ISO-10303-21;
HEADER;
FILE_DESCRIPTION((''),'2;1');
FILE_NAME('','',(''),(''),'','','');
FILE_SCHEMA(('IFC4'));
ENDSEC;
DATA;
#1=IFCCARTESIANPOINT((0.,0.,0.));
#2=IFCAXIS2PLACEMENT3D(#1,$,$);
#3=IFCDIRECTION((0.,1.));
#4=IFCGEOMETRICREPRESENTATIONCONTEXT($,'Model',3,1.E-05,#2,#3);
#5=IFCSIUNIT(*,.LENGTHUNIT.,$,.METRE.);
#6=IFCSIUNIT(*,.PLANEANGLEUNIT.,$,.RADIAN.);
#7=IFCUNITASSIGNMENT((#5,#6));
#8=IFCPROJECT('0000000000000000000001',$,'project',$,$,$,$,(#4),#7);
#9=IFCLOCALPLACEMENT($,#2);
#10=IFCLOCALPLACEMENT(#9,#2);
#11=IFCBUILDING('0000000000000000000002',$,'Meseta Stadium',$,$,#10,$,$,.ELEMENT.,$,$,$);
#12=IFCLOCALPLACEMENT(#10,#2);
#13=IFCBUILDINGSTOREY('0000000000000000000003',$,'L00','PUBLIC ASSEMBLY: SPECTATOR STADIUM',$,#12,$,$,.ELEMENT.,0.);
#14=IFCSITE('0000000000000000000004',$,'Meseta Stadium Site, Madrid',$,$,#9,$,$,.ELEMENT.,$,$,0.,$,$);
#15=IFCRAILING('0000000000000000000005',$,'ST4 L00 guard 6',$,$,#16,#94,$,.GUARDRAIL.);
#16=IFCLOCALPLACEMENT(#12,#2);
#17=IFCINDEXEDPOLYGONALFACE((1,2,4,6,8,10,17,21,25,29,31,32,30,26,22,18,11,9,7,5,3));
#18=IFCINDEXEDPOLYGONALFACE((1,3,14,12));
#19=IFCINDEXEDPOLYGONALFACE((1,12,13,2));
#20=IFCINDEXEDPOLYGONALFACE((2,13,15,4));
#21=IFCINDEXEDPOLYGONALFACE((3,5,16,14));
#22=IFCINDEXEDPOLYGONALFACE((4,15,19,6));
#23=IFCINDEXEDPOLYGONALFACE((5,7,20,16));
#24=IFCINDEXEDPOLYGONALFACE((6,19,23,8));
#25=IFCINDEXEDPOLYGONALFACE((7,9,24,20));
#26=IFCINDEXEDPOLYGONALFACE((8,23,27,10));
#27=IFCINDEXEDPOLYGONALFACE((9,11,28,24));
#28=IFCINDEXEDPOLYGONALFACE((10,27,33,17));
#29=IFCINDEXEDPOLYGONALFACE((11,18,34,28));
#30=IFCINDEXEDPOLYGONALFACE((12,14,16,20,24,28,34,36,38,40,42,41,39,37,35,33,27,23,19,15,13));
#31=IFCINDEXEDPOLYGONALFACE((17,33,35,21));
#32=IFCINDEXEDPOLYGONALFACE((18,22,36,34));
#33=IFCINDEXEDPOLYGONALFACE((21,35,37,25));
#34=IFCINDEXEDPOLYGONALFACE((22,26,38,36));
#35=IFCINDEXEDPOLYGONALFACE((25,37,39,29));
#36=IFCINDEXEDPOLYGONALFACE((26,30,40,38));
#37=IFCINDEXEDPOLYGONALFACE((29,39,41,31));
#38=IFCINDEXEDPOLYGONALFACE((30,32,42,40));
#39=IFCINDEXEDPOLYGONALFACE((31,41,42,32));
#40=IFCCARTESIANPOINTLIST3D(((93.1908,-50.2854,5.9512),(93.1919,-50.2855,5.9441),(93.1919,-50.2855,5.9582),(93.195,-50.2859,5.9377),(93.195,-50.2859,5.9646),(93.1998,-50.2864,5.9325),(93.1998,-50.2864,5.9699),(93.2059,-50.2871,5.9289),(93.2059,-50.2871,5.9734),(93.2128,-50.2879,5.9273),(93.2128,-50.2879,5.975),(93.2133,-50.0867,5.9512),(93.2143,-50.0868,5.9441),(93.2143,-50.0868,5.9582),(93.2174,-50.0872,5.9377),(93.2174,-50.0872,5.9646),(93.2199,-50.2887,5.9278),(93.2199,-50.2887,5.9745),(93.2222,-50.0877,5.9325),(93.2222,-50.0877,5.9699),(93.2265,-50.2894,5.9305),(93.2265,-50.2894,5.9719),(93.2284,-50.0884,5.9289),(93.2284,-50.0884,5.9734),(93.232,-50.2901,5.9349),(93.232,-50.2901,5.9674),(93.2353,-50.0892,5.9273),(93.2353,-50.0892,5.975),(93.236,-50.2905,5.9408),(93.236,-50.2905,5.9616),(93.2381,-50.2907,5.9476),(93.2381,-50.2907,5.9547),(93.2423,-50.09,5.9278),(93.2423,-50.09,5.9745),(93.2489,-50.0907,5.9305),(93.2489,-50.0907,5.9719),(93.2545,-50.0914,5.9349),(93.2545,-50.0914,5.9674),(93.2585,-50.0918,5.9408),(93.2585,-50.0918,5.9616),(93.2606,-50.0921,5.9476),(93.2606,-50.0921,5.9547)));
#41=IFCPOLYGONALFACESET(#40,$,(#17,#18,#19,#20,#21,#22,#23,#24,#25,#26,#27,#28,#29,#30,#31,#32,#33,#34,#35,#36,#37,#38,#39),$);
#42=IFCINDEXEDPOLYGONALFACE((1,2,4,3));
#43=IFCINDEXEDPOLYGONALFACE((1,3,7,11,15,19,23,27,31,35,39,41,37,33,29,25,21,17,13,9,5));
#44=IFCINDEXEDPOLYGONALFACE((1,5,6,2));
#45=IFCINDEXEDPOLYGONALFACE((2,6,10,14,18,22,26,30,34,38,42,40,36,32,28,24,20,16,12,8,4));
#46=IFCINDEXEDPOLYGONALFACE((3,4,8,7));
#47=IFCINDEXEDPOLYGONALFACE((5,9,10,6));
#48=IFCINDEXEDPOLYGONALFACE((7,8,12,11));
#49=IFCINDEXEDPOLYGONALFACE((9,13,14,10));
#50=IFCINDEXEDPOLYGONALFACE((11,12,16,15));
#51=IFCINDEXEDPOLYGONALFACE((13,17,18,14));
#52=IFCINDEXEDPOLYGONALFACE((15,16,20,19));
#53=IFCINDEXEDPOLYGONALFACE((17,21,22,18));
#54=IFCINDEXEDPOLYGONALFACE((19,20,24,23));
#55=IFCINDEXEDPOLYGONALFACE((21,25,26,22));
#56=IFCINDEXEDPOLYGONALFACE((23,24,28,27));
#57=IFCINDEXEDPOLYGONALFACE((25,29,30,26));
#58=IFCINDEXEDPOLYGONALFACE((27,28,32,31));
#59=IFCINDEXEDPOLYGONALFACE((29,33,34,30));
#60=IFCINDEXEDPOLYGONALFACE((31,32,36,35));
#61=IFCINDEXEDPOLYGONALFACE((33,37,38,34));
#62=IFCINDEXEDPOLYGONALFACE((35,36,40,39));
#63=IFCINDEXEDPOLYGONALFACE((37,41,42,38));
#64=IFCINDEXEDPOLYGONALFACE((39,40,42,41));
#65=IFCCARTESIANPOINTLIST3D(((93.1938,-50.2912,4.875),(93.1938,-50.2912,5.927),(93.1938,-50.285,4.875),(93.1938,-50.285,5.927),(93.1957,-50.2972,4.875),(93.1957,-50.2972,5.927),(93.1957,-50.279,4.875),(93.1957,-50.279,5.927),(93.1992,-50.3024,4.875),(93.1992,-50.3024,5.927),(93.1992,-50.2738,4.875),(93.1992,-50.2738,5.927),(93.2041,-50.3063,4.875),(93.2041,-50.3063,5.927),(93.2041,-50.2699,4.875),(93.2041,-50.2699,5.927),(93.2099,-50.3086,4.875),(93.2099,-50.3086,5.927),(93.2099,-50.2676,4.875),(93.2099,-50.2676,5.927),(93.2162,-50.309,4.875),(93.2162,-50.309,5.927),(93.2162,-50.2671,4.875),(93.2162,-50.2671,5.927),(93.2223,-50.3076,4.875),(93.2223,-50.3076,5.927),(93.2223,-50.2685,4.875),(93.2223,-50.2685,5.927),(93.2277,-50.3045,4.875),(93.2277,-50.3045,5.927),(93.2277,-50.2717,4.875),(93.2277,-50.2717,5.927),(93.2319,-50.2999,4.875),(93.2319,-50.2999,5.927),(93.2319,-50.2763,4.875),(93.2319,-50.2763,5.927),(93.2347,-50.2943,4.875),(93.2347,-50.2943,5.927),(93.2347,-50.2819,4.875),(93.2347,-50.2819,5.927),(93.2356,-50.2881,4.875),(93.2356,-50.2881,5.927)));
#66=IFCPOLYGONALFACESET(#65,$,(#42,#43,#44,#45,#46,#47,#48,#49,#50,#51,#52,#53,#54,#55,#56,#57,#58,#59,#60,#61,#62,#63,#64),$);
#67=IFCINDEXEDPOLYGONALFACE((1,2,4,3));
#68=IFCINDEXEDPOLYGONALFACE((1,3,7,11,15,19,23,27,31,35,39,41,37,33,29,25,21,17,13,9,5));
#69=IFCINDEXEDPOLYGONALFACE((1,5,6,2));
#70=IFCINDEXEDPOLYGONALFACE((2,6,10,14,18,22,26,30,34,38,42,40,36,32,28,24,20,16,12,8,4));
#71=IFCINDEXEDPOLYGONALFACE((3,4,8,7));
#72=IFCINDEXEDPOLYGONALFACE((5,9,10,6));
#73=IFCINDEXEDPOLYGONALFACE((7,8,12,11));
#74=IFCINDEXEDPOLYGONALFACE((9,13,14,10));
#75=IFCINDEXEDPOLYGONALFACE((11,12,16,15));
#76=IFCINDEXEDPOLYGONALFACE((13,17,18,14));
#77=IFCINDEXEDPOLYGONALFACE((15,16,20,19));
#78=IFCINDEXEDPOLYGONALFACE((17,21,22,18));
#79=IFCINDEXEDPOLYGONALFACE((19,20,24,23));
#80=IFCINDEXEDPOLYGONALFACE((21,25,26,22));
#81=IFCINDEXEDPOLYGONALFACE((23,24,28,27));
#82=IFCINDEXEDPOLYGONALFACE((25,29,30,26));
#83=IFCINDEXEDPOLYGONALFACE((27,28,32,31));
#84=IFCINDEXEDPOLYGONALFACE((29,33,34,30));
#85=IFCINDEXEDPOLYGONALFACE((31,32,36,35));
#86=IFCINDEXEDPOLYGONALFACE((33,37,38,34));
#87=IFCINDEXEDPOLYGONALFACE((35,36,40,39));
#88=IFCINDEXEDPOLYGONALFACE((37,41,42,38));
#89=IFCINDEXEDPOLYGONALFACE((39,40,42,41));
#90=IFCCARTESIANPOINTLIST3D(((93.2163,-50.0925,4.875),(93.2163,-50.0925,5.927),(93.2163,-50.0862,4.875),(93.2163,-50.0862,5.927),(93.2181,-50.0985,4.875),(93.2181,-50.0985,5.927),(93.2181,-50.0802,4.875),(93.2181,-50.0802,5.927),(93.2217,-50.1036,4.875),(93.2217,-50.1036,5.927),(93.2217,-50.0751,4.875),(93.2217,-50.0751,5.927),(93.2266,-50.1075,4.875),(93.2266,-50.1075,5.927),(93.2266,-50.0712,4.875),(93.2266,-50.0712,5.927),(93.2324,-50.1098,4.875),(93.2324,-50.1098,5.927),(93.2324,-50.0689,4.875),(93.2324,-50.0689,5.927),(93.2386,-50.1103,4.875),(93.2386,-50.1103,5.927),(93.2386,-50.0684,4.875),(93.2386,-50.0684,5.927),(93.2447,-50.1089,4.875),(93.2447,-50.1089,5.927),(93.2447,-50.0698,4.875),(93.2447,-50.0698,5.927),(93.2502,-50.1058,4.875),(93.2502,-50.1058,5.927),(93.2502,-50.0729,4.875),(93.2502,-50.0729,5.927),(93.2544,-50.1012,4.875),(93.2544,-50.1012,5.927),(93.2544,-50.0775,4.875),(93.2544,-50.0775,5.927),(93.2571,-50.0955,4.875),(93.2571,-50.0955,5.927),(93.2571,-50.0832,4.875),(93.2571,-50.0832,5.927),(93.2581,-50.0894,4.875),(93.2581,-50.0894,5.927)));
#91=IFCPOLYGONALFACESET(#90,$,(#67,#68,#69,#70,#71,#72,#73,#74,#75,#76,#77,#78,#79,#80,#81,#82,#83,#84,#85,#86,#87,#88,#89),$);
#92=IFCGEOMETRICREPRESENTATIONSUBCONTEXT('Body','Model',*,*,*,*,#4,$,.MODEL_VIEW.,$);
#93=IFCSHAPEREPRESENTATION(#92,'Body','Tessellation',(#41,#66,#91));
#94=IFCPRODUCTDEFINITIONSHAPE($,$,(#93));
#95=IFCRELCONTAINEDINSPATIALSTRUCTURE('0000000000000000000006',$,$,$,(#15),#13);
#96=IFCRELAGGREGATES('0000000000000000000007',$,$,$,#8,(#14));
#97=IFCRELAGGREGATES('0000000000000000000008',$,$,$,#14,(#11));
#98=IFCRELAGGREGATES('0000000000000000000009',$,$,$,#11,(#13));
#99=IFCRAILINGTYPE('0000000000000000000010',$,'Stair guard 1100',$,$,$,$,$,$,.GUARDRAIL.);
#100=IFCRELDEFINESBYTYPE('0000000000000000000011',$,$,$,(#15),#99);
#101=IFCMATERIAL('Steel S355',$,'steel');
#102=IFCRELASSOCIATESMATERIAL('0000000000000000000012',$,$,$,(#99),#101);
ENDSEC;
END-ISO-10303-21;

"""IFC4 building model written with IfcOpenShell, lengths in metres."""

from ifc_helpers import new_model, si_unit, direction, frame, origin, origin_2d, place, context, subcontext, project, spatial, circle, extrude, material, type_object, element, save


model = new_model("IFC4")

# Units and contexts
model_context = context("Model", 3, precision=1e-05, world=origin(), true_north=direction((0.0, 1.0)))
body_context = subcontext(model_context, "Body", "Model", "MODEL_VIEW")
ifc_project = project(units=[si_unit("LENGTHUNIT", "METRE"), si_unit("PLANEANGLEUNIT", "RADIAN")], contexts=[model_context])

# Site, building, storey
site_placement = place(None, origin())
site = spatial("IfcSite", under=ifc_project, at=site_placement, Name="Meseta Stadium Site, Madrid", CompositionType="ELEMENT", RefElevation=0.0)
building_placement = place(site_placement, origin())
building = spatial("IfcBuilding", under=site, at=building_placement, Name="Meseta Stadium", CompositionType="ELEMENT")
storey_placement = place(building_placement, origin())
storey = spatial("IfcBuildingStorey", under=building, at=storey_placement, Name="L00", Description="PUBLIC ASSEMBLY: SPECTATOR STADIUM", CompositionType="ELEMENT", Elevation=0.0)

# Railing
ifc_material_1 = material(Name="Steel S355", Category="steel")
railing_type_1 = type_object("IfcRailingType", Name="Stair guard 1100", PredefinedType="GUARDRAIL", material=ifc_material_1)
railing_1_placement = place(storey_placement, frame((93.2146, -50.2881, 4.875)))
element("IfcRailing", 1, at=railing_1_placement, inside=storey, type_object=railing_type_1, Name="ST4 L00 guard 6", PredefinedType="GUARDRAIL", context=body_context, shape_type="SweptSolid", body=[
    extrude(circle(Radius=0.0239, at=origin_2d()), frame((0.0, 0.0, 1.0762), z_axis=(0.112307, 0.993674, 0.0), x_axis=(-0.993674, 0.112307, 0.0)), (0.0, 0.0, 1.0), 0.2),
    extrude(circle(Radius=0.021, at=origin_2d()), origin(), (0.0, 0.0, 1.0), 1.052),
    extrude(circle(Radius=0.021, at=origin_2d()), frame((0.0225, 0.1987, 0.0)), (0.0, 0.0, 1.0), 1.052),
])

save(model, "model.ifc")
